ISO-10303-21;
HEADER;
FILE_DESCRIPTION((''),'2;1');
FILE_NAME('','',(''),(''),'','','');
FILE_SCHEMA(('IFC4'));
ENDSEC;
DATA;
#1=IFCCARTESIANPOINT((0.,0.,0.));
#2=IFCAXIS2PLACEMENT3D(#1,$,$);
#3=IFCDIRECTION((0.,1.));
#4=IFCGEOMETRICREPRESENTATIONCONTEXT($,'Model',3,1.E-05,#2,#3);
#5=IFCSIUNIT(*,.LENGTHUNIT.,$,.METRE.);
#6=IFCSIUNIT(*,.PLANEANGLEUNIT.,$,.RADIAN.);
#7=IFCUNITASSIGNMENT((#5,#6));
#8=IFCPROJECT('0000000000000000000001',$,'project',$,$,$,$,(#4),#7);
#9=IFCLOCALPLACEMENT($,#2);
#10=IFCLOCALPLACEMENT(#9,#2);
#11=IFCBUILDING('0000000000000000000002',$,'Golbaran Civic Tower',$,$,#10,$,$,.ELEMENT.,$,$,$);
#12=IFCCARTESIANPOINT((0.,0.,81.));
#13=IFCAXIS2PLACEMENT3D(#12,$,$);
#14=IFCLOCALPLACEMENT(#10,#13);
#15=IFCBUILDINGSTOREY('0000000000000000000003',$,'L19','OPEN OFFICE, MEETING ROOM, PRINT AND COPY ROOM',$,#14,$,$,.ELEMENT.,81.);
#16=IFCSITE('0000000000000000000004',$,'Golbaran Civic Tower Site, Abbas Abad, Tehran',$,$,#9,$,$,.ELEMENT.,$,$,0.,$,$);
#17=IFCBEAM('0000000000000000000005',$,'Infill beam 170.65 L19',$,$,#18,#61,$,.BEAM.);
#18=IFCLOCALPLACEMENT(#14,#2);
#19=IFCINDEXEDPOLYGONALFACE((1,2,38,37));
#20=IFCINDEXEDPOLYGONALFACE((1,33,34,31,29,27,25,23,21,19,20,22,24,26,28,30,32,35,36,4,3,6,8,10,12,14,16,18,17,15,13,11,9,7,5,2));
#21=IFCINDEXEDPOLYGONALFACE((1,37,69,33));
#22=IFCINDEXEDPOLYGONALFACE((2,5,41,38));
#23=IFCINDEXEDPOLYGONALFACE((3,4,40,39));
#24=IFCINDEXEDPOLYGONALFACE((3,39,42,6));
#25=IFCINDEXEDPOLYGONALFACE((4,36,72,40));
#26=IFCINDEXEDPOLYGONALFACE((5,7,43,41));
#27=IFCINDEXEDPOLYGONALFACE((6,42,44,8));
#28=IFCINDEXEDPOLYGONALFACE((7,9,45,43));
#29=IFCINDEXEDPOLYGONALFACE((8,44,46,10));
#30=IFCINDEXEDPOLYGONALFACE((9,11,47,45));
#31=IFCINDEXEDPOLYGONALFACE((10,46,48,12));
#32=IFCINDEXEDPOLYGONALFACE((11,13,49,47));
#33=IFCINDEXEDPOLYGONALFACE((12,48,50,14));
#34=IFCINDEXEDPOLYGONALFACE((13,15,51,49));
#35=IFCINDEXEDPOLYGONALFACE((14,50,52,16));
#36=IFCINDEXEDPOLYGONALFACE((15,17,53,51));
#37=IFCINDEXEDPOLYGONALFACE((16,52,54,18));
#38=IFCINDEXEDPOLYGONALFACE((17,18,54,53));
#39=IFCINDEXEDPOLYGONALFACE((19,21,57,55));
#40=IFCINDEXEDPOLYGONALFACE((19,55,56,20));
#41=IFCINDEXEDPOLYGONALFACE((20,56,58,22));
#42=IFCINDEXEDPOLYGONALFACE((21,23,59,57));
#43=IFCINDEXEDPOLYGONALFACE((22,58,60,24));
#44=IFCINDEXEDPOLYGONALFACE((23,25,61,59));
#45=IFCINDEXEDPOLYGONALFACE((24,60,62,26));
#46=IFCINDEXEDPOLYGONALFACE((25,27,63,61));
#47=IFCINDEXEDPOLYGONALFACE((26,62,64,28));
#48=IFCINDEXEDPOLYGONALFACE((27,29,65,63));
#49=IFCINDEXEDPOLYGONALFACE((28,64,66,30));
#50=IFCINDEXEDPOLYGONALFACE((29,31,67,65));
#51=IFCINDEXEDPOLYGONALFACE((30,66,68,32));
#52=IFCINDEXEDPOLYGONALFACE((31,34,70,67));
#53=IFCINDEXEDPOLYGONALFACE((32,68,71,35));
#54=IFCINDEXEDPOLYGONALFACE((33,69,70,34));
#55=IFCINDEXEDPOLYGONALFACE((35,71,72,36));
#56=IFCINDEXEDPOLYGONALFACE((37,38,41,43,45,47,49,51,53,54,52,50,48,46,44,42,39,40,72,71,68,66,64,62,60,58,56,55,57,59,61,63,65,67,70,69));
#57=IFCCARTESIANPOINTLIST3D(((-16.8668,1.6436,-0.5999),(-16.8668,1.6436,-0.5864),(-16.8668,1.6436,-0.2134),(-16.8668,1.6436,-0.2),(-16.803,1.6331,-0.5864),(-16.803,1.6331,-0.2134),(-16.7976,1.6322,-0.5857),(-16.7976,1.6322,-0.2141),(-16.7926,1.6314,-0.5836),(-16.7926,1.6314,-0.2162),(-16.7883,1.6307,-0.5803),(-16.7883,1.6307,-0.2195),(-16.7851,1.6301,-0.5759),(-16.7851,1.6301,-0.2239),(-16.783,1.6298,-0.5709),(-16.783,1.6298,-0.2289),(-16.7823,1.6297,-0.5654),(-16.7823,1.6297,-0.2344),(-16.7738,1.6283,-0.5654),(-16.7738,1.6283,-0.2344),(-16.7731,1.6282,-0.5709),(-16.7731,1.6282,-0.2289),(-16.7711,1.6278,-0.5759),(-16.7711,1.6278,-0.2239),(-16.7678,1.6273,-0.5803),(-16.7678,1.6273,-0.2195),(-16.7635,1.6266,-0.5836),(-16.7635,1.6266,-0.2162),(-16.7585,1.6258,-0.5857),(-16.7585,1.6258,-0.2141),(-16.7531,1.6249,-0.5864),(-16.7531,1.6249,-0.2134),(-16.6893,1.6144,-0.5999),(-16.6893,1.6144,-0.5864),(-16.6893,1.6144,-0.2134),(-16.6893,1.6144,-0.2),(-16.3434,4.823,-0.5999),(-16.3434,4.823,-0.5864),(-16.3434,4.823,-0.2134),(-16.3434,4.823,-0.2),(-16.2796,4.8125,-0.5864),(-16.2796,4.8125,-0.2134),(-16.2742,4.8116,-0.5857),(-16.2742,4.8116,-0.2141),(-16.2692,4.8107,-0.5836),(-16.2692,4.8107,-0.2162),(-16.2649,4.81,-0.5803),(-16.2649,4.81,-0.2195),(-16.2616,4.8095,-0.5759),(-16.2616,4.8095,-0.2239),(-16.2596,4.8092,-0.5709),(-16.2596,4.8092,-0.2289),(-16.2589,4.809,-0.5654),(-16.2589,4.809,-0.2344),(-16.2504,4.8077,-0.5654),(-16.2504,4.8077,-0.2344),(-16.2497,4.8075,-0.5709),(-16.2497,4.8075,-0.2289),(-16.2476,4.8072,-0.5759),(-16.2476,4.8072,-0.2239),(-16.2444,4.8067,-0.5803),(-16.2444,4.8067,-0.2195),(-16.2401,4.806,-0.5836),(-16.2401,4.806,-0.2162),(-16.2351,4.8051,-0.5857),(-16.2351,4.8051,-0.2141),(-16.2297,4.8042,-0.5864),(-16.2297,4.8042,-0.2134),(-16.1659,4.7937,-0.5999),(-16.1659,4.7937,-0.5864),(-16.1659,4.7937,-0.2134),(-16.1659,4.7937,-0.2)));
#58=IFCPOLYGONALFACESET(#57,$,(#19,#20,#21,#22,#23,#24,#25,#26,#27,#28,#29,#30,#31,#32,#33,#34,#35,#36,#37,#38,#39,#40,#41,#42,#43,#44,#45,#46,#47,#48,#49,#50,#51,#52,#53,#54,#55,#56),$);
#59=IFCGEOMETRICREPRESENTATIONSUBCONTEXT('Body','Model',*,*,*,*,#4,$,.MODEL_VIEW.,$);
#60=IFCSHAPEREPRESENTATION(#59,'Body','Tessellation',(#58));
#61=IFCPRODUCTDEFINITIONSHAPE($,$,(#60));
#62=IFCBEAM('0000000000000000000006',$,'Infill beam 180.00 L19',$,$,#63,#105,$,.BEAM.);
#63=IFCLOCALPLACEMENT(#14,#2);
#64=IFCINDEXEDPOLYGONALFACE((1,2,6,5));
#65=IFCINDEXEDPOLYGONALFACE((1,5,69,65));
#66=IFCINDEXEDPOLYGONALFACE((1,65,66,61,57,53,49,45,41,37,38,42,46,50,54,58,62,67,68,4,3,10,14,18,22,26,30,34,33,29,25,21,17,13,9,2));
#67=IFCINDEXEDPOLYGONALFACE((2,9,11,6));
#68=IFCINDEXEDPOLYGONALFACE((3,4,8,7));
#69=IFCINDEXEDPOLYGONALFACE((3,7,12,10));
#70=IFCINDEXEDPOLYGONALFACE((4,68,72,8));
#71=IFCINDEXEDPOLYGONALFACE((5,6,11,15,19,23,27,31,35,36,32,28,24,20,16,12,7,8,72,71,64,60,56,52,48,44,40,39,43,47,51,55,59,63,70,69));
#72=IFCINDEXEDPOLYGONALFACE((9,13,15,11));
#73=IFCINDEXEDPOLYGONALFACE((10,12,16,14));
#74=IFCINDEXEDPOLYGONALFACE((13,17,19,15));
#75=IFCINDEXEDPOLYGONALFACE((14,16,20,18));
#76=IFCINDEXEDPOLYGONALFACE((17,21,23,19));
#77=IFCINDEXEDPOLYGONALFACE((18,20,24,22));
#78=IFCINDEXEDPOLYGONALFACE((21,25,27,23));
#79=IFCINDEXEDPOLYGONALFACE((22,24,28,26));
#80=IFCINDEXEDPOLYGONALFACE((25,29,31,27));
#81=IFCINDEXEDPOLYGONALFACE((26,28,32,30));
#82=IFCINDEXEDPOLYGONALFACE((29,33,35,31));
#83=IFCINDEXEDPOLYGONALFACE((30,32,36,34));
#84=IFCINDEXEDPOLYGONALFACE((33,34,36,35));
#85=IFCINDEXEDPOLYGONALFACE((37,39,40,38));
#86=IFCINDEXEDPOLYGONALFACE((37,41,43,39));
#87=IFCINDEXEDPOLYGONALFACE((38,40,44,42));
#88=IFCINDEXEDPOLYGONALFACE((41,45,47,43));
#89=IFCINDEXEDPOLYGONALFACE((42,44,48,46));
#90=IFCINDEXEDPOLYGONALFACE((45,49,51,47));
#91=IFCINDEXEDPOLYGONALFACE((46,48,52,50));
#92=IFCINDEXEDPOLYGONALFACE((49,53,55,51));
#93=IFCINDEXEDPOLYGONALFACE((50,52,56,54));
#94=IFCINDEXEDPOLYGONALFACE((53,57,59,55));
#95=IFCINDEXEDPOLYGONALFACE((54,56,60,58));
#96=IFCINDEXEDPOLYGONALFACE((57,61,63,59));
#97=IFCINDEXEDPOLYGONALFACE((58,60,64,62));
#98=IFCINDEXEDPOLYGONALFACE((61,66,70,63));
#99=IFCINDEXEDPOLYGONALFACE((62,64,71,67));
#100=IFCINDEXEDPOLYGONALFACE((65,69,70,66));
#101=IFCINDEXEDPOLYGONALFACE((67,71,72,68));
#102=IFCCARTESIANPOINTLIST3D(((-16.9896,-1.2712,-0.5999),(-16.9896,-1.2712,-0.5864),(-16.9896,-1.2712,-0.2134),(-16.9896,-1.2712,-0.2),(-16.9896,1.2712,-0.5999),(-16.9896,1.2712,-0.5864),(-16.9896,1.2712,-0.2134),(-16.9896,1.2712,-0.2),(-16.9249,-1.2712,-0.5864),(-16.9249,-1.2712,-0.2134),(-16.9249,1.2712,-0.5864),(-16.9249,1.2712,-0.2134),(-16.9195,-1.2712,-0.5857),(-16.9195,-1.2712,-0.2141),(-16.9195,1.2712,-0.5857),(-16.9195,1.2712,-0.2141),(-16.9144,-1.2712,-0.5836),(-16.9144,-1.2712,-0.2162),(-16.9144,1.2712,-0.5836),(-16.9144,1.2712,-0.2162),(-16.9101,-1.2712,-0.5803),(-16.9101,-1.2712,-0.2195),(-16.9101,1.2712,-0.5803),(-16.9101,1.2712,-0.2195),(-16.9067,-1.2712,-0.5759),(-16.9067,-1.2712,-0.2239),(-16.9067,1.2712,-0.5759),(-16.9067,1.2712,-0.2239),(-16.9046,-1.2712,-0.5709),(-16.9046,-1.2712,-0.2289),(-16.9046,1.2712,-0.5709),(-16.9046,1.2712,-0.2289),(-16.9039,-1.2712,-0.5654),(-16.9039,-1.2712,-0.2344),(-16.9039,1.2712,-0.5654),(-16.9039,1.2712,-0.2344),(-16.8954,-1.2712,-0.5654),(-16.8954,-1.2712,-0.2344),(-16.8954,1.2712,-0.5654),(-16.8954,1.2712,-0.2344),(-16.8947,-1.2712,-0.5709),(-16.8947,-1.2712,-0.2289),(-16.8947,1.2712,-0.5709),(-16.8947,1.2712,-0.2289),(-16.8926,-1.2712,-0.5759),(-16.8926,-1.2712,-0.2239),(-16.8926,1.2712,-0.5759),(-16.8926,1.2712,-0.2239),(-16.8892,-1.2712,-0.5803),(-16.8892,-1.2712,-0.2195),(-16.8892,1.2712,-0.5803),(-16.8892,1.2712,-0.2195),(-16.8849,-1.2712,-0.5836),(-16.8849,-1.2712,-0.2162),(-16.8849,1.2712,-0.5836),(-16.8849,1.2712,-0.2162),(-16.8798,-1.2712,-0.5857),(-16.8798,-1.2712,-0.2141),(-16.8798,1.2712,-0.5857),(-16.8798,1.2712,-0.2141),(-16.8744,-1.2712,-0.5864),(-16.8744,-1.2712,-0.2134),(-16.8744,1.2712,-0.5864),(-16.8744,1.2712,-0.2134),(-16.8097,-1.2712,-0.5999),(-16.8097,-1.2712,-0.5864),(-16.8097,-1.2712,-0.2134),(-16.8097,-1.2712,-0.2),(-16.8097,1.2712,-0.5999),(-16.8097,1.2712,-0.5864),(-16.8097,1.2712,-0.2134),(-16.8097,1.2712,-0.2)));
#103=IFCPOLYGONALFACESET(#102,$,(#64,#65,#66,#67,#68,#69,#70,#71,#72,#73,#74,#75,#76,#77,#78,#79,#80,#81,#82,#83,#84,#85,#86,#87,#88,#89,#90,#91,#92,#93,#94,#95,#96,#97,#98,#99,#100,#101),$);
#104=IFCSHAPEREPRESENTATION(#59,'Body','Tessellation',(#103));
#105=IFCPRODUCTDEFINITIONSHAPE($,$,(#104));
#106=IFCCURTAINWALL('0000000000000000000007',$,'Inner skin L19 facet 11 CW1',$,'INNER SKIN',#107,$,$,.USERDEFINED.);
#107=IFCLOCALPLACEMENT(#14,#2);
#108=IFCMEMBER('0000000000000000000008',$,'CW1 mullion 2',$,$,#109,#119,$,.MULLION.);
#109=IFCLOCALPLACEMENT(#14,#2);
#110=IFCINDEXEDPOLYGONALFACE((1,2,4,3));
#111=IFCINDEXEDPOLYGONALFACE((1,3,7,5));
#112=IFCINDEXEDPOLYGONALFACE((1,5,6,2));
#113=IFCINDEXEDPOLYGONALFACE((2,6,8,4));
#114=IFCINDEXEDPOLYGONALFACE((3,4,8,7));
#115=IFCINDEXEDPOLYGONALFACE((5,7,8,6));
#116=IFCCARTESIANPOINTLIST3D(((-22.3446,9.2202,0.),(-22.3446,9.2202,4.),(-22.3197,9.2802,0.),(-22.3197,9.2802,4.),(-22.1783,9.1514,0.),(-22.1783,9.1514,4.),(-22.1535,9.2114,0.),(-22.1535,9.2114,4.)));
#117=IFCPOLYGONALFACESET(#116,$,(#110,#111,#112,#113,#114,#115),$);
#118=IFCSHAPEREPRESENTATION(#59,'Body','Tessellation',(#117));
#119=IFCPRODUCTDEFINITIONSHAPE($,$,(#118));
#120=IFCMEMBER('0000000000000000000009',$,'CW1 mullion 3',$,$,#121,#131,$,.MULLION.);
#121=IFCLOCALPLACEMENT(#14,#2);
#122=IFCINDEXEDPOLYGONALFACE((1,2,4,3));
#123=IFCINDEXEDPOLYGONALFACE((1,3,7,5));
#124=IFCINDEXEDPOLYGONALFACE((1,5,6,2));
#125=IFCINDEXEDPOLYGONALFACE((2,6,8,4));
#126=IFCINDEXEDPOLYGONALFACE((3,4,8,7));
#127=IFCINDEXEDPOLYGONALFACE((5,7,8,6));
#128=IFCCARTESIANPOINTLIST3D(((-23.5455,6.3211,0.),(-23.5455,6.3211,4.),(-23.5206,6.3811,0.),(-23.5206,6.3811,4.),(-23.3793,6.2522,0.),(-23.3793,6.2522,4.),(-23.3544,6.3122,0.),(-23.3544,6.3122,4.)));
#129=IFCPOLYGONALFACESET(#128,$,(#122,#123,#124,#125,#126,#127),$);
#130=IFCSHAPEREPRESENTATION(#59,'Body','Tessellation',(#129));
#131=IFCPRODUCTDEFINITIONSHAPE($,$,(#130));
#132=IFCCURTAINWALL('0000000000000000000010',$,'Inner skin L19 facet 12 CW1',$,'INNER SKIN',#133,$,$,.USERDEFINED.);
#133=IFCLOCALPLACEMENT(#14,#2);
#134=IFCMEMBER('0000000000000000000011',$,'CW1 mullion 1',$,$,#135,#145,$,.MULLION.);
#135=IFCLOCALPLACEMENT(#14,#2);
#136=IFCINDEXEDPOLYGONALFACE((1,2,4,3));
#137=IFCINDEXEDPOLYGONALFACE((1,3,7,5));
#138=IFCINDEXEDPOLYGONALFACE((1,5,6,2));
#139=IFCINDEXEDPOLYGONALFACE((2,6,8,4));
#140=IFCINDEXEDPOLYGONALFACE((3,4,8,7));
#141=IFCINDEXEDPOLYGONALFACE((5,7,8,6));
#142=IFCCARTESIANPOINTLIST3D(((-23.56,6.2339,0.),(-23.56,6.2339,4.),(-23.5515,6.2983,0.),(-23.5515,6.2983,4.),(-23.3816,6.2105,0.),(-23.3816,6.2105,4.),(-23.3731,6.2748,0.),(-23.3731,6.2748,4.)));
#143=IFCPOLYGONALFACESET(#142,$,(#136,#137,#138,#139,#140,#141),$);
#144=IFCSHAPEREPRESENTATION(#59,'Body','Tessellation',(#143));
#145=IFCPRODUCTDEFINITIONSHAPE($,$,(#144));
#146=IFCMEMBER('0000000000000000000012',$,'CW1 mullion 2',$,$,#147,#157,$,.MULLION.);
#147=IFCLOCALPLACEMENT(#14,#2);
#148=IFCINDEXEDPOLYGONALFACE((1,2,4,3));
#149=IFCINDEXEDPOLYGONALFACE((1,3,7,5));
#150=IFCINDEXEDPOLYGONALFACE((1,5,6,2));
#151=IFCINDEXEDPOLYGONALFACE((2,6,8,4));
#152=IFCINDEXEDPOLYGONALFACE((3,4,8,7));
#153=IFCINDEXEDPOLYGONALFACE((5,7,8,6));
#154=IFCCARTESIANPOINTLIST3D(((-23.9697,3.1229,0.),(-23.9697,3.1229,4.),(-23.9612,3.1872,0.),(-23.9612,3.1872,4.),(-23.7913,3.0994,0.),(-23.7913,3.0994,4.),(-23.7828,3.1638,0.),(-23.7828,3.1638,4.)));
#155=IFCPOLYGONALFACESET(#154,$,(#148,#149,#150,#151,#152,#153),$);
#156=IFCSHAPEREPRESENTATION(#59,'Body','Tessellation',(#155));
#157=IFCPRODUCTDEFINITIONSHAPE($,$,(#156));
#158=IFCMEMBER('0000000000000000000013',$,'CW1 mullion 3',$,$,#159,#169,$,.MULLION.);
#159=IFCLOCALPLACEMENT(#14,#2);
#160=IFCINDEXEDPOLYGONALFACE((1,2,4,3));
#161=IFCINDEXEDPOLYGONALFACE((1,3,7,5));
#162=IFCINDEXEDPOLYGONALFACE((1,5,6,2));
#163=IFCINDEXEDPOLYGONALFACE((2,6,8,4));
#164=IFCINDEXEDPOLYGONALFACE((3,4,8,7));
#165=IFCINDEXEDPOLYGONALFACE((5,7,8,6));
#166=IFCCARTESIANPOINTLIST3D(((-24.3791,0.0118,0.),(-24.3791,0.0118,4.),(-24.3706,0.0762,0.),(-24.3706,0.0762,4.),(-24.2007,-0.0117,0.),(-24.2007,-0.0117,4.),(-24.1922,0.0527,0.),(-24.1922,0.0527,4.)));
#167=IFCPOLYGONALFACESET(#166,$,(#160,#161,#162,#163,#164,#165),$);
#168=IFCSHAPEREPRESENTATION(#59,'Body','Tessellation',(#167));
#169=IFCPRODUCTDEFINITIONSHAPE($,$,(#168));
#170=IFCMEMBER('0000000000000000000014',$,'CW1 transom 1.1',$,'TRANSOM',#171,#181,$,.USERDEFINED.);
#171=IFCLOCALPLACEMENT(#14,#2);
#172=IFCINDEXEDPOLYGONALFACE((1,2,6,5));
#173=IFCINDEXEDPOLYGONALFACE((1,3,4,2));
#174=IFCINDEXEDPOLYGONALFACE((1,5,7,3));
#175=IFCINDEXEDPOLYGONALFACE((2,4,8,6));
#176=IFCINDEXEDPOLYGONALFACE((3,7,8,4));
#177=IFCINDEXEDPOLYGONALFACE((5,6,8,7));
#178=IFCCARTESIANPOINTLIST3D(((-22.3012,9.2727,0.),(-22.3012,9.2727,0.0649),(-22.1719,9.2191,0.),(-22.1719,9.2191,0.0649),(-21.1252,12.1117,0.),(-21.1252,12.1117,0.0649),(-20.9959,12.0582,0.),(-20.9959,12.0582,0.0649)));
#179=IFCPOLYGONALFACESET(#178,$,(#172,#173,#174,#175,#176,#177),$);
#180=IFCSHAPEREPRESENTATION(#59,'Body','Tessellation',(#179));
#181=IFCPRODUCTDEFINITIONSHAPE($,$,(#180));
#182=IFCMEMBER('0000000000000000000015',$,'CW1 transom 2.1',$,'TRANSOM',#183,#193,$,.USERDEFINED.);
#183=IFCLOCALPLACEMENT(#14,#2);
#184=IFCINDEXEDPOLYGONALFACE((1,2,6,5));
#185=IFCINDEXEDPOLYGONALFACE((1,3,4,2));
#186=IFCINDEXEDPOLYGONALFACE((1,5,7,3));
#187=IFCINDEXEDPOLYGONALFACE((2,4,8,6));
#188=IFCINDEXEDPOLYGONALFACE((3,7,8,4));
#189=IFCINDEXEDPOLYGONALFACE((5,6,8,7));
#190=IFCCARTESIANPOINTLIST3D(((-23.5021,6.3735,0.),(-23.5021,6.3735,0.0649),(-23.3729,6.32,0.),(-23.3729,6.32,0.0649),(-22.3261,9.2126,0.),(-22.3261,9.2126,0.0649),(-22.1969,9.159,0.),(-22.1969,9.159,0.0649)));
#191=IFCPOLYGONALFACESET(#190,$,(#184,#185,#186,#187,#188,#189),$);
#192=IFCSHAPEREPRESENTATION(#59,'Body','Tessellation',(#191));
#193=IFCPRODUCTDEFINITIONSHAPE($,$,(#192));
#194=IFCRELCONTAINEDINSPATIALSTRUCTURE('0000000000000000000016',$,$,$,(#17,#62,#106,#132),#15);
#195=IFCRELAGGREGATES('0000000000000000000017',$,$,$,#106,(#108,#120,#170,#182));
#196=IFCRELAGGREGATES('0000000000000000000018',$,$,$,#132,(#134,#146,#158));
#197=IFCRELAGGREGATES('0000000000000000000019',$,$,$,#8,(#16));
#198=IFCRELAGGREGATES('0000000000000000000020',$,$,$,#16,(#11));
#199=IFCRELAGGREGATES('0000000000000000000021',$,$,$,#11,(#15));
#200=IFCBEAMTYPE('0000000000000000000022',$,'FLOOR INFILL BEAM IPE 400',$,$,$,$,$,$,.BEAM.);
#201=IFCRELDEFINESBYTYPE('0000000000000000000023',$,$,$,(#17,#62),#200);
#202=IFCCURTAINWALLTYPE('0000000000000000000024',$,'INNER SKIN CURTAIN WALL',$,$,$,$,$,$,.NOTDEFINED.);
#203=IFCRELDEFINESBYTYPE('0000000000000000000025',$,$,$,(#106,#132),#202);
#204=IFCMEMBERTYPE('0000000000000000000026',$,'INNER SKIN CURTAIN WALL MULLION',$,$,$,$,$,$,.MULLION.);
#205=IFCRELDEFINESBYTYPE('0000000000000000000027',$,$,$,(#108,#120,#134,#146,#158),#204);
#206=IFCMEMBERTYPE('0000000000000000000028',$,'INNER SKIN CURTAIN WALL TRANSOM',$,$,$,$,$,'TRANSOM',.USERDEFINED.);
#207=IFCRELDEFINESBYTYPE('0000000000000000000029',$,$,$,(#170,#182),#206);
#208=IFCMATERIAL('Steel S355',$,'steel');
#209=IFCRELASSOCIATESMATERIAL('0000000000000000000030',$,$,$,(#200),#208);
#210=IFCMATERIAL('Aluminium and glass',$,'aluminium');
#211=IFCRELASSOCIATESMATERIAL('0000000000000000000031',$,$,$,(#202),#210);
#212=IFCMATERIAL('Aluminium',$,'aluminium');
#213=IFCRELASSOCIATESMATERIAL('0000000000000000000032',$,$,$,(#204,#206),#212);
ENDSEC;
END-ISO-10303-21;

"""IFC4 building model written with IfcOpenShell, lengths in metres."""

from ifc_helpers import new_model, si_unit, direction, frame, origin, origin_2d, place, context, subcontext, project, spatial, rectangle, i_section, extrude, material, material_profile, profile_set, type_object, element, aggregate, save


model = new_model("IFC4")

# Units and contexts
model_context = context("Model", 3, precision=1e-05, world=origin(), true_north=direction((0.0, 1.0)))
body_context = subcontext(model_context, "Body", "Model", "MODEL_VIEW")
ifc_project = project(units=[si_unit("LENGTHUNIT", "METRE"), si_unit("PLANEANGLEUNIT", "RADIAN")], contexts=[model_context])

# Site, building, storey
site_placement = place(None, origin())
site = spatial("IfcSite", under=ifc_project, at=site_placement, Name="Golbaran Civic Tower Site, Abbas Abad, Tehran", CompositionType="ELEMENT", RefElevation=0.0)
building_placement = place(site_placement, origin())
building = spatial("IfcBuilding", under=site, at=building_placement, Name="Golbaran Civic Tower", CompositionType="ELEMENT")
storey_placement = place(building_placement, frame((0.0, 0.0, 81.0)))
storey = spatial("IfcBuildingStorey", under=building, at=storey_placement, Name="L19", Description="OPEN OFFICE, MEETING ROOM, PRINT AND COPY ROOM", CompositionType="ELEMENT", Elevation=81.0)

# Beams
ifc_material_1 = material(Name="Steel S355", Category="steel")
ifc_material_profile_1 = material_profile(ifc_material_1, i_section(OverallWidth=0.1799, OverallDepth=0.3999, WebThickness=0.0085, FlangeThickness=0.0134, FilletRadius=0.021, at=origin_2d()), Name="IPE 400")
ifc_profile_set_1 = profile_set([ifc_material_profile_1], Name="Steel S355")
beam_type_1 = type_object("IfcBeamType", Name="FLOOR INFILL BEAM IPE 400", PredefinedType="BEAM", material=ifc_profile_set_1)
beam_1_placement = place(storey_placement, frame((-16.2546, 4.8083, -0.3999), z_axis=(-0.162445, -0.986718, 0.0), x_axis=(0.986718, -0.162445, 0.0)))
element("IfcBeam", 1, at=beam_1_placement, inside=storey, type_object=beam_type_1, Name="Infill beam 170.65 L19", PredefinedType="BEAM", context=body_context, shape_type="SweptSolid", body=[
    extrude(i_section(OverallWidth=0.1799, OverallDepth=0.3999, WebThickness=0.0085, FlangeThickness=0.0134, FilletRadius=0.021, at=origin_2d()), origin(), (0.0, 0.0, 1.0), 3.2222),
])
beam_2_placement = place(storey_placement, frame((-16.8997, 1.2712, -0.3999), z_axis=(0.0, -1.0, 0.0), x_axis=(1.0, 0.0, 0.0)))
element("IfcBeam", 2, at=beam_2_placement, inside=storey, type_object=beam_type_1, Name="Infill beam 180.00 L19", PredefinedType="BEAM", context=body_context, shape_type="SweptSolid", body=[
    extrude(i_section(OverallWidth=0.1799, OverallDepth=0.3999, WebThickness=0.0085, FlangeThickness=0.0134, FilletRadius=0.021, at=origin_2d()), origin(), (0.0, 0.0, 1.0), 2.5425),
])

# Curtain walls, members
ifc_material_2 = material(Name="Aluminium and glass", Category="aluminium")
curtain_wall_type = type_object("IfcCurtainWallType", Name="INNER SKIN CURTAIN WALL", PredefinedType="NOTDEFINED", material=ifc_material_2)
curtain_wall_1_placement = place(storey_placement, origin())
curtain_wall_1 = element("IfcCurtainWall", 3, at=curtain_wall_1_placement, inside=storey, type_object=curtain_wall_type, Name="Inner skin L19 facet 11 CW1", ObjectType="INNER SKIN", PredefinedType="USERDEFINED")
ifc_material_3 = material(Name="Aluminium", Category="aluminium")
ifc_material_profile_2 = material_profile(ifc_material_3, rectangle(XDim=0.1799, YDim=0.0649, at=origin_2d()), Name="INNER SKIN CURTAIN WALL MULLION")
ifc_profile_set_2 = profile_set([ifc_material_profile_2], Name="Aluminium")
member_type_1 = type_object("IfcMemberType", Name="INNER SKIN CURTAIN WALL MULLION", PredefinedType="MULLION", material=ifc_profile_set_2)
member_1_placement = place(storey_placement, frame((-22.249, 9.2158, 0.0), z_axis=(0.0, 0.0, 1.0), x_axis=(0.92388, -0.382683, 0.0)))
member_1 = element("IfcMember", 4, at=member_1_placement, type_object=member_type_1, Name="CW1 mullion 2", PredefinedType="MULLION", context=body_context, shape_type="SweptSolid", body=[
    extrude(rectangle(XDim=0.1799, YDim=0.0649, at=origin_2d()), origin(), (0.0, 0.0, 1.0), 4.0),
])
member_2_placement = place(storey_placement, frame((-23.45, 6.3167, 0.0), z_axis=(0.0, 0.0, 1.0), x_axis=(0.92388, -0.382683, 0.0)))
member_2 = element("IfcMember", 5, at=member_2_placement, type_object=member_type_1, Name="CW1 mullion 3", PredefinedType="MULLION", context=body_context, shape_type="SweptSolid", body=[
    extrude(rectangle(XDim=0.1799, YDim=0.0649, at=origin_2d()), origin(), (0.0, 0.0, 1.0), 4.0),
])
curtain_wall_2_placement = place(storey_placement, origin())
curtain_wall_2 = element("IfcCurtainWall", 6, at=curtain_wall_2_placement, inside=storey, type_object=curtain_wall_type, Name="Inner skin L19 facet 12 CW1", ObjectType="INNER SKIN", PredefinedType="USERDEFINED")
member_3_placement = place(storey_placement, frame((-23.4666, 6.2544, 0.0), z_axis=(0.0, 0.0, 1.0), x_axis=(0.991445, -0.130526, 0.0)))
member_3 = element("IfcMember", 7, at=member_3_placement, type_object=member_type_1, Name="CW1 mullion 1", PredefinedType="MULLION", context=body_context, shape_type="SweptSolid", body=[
    extrude(rectangle(XDim=0.1799, YDim=0.0649, at=origin_2d()), origin(), (0.0, 0.0, 1.0), 4.0),
])
member_4_placement = place(storey_placement, frame((-23.8762, 3.1433, 0.0), z_axis=(0.0, 0.0, 1.0), x_axis=(0.991445, -0.130526, 0.0)))
member_4 = element("IfcMember", 8, at=member_4_placement, type_object=member_type_1, Name="CW1 mullion 2", PredefinedType="MULLION", context=body_context, shape_type="SweptSolid", body=[
    extrude(rectangle(XDim=0.1799, YDim=0.0649, at=origin_2d()), origin(), (0.0, 0.0, 1.0), 4.0),
])
member_5_placement = place(storey_placement, frame((-24.2856, 0.0322, 0.0), z_axis=(0.0, 0.0, 1.0), x_axis=(0.991445, -0.130526, 0.0)))
member_5 = element("IfcMember", 9, at=member_5_placement, type_object=member_type_1, Name="CW1 mullion 3", PredefinedType="MULLION", context=body_context, shape_type="SweptSolid", body=[
    extrude(rectangle(XDim=0.1799, YDim=0.0649, at=origin_2d()), origin(), (0.0, 0.0, 1.0), 4.0),
])

# Members
ifc_material_profile_3 = material_profile(ifc_material_3, rectangle(XDim=0.1399, YDim=0.0649, at=origin_2d()), Name="INNER SKIN CURTAIN WALL TRANSOM")
ifc_profile_set_3 = profile_set([ifc_material_profile_3], Name="Aluminium")
member_type_2 = type_object("IfcMemberType", Name="INNER SKIN CURTAIN WALL TRANSOM", ElementType="TRANSOM", PredefinedType="USERDEFINED", material=ifc_profile_set_3)
member_6_placement = place(storey_placement, frame((-21.0605, 12.085, 0.0325), z_axis=(-0.382691, -0.923876, 0.0), x_axis=(0.923876, -0.382691, 0.0)))
member_6 = element("IfcMember", 10, at=member_6_placement, type_object=member_type_2, Name="CW1 transom 1.1", ObjectType="TRANSOM", PredefinedType="USERDEFINED", context=body_context, shape_type="SweptSolid", body=[
    extrude(rectangle(XDim=0.1399, YDim=0.0649, at=origin_2d()), origin(), (0.0, 0.0, 1.0), 3.073),
])
member_7_placement = place(storey_placement, frame((-22.2615, 9.1858, 0.0325), z_axis=(-0.382691, -0.923876, 0.0), x_axis=(0.923876, -0.382691, 0.0)))
member_7 = element("IfcMember", 11, at=member_7_placement, type_object=member_type_2, Name="CW1 transom 2.1", ObjectType="TRANSOM", PredefinedType="USERDEFINED", context=body_context, shape_type="SweptSolid", body=[
    extrude(rectangle(XDim=0.1399, YDim=0.0649, at=origin_2d()), origin(), (0.0, 0.0, 1.0), 3.073),
])

aggregate(curtain_wall_1, [member_1, member_2, member_6, member_7])
aggregate(curtain_wall_2, [member_3, member_4, member_5])

save(model, "model.ifc")
